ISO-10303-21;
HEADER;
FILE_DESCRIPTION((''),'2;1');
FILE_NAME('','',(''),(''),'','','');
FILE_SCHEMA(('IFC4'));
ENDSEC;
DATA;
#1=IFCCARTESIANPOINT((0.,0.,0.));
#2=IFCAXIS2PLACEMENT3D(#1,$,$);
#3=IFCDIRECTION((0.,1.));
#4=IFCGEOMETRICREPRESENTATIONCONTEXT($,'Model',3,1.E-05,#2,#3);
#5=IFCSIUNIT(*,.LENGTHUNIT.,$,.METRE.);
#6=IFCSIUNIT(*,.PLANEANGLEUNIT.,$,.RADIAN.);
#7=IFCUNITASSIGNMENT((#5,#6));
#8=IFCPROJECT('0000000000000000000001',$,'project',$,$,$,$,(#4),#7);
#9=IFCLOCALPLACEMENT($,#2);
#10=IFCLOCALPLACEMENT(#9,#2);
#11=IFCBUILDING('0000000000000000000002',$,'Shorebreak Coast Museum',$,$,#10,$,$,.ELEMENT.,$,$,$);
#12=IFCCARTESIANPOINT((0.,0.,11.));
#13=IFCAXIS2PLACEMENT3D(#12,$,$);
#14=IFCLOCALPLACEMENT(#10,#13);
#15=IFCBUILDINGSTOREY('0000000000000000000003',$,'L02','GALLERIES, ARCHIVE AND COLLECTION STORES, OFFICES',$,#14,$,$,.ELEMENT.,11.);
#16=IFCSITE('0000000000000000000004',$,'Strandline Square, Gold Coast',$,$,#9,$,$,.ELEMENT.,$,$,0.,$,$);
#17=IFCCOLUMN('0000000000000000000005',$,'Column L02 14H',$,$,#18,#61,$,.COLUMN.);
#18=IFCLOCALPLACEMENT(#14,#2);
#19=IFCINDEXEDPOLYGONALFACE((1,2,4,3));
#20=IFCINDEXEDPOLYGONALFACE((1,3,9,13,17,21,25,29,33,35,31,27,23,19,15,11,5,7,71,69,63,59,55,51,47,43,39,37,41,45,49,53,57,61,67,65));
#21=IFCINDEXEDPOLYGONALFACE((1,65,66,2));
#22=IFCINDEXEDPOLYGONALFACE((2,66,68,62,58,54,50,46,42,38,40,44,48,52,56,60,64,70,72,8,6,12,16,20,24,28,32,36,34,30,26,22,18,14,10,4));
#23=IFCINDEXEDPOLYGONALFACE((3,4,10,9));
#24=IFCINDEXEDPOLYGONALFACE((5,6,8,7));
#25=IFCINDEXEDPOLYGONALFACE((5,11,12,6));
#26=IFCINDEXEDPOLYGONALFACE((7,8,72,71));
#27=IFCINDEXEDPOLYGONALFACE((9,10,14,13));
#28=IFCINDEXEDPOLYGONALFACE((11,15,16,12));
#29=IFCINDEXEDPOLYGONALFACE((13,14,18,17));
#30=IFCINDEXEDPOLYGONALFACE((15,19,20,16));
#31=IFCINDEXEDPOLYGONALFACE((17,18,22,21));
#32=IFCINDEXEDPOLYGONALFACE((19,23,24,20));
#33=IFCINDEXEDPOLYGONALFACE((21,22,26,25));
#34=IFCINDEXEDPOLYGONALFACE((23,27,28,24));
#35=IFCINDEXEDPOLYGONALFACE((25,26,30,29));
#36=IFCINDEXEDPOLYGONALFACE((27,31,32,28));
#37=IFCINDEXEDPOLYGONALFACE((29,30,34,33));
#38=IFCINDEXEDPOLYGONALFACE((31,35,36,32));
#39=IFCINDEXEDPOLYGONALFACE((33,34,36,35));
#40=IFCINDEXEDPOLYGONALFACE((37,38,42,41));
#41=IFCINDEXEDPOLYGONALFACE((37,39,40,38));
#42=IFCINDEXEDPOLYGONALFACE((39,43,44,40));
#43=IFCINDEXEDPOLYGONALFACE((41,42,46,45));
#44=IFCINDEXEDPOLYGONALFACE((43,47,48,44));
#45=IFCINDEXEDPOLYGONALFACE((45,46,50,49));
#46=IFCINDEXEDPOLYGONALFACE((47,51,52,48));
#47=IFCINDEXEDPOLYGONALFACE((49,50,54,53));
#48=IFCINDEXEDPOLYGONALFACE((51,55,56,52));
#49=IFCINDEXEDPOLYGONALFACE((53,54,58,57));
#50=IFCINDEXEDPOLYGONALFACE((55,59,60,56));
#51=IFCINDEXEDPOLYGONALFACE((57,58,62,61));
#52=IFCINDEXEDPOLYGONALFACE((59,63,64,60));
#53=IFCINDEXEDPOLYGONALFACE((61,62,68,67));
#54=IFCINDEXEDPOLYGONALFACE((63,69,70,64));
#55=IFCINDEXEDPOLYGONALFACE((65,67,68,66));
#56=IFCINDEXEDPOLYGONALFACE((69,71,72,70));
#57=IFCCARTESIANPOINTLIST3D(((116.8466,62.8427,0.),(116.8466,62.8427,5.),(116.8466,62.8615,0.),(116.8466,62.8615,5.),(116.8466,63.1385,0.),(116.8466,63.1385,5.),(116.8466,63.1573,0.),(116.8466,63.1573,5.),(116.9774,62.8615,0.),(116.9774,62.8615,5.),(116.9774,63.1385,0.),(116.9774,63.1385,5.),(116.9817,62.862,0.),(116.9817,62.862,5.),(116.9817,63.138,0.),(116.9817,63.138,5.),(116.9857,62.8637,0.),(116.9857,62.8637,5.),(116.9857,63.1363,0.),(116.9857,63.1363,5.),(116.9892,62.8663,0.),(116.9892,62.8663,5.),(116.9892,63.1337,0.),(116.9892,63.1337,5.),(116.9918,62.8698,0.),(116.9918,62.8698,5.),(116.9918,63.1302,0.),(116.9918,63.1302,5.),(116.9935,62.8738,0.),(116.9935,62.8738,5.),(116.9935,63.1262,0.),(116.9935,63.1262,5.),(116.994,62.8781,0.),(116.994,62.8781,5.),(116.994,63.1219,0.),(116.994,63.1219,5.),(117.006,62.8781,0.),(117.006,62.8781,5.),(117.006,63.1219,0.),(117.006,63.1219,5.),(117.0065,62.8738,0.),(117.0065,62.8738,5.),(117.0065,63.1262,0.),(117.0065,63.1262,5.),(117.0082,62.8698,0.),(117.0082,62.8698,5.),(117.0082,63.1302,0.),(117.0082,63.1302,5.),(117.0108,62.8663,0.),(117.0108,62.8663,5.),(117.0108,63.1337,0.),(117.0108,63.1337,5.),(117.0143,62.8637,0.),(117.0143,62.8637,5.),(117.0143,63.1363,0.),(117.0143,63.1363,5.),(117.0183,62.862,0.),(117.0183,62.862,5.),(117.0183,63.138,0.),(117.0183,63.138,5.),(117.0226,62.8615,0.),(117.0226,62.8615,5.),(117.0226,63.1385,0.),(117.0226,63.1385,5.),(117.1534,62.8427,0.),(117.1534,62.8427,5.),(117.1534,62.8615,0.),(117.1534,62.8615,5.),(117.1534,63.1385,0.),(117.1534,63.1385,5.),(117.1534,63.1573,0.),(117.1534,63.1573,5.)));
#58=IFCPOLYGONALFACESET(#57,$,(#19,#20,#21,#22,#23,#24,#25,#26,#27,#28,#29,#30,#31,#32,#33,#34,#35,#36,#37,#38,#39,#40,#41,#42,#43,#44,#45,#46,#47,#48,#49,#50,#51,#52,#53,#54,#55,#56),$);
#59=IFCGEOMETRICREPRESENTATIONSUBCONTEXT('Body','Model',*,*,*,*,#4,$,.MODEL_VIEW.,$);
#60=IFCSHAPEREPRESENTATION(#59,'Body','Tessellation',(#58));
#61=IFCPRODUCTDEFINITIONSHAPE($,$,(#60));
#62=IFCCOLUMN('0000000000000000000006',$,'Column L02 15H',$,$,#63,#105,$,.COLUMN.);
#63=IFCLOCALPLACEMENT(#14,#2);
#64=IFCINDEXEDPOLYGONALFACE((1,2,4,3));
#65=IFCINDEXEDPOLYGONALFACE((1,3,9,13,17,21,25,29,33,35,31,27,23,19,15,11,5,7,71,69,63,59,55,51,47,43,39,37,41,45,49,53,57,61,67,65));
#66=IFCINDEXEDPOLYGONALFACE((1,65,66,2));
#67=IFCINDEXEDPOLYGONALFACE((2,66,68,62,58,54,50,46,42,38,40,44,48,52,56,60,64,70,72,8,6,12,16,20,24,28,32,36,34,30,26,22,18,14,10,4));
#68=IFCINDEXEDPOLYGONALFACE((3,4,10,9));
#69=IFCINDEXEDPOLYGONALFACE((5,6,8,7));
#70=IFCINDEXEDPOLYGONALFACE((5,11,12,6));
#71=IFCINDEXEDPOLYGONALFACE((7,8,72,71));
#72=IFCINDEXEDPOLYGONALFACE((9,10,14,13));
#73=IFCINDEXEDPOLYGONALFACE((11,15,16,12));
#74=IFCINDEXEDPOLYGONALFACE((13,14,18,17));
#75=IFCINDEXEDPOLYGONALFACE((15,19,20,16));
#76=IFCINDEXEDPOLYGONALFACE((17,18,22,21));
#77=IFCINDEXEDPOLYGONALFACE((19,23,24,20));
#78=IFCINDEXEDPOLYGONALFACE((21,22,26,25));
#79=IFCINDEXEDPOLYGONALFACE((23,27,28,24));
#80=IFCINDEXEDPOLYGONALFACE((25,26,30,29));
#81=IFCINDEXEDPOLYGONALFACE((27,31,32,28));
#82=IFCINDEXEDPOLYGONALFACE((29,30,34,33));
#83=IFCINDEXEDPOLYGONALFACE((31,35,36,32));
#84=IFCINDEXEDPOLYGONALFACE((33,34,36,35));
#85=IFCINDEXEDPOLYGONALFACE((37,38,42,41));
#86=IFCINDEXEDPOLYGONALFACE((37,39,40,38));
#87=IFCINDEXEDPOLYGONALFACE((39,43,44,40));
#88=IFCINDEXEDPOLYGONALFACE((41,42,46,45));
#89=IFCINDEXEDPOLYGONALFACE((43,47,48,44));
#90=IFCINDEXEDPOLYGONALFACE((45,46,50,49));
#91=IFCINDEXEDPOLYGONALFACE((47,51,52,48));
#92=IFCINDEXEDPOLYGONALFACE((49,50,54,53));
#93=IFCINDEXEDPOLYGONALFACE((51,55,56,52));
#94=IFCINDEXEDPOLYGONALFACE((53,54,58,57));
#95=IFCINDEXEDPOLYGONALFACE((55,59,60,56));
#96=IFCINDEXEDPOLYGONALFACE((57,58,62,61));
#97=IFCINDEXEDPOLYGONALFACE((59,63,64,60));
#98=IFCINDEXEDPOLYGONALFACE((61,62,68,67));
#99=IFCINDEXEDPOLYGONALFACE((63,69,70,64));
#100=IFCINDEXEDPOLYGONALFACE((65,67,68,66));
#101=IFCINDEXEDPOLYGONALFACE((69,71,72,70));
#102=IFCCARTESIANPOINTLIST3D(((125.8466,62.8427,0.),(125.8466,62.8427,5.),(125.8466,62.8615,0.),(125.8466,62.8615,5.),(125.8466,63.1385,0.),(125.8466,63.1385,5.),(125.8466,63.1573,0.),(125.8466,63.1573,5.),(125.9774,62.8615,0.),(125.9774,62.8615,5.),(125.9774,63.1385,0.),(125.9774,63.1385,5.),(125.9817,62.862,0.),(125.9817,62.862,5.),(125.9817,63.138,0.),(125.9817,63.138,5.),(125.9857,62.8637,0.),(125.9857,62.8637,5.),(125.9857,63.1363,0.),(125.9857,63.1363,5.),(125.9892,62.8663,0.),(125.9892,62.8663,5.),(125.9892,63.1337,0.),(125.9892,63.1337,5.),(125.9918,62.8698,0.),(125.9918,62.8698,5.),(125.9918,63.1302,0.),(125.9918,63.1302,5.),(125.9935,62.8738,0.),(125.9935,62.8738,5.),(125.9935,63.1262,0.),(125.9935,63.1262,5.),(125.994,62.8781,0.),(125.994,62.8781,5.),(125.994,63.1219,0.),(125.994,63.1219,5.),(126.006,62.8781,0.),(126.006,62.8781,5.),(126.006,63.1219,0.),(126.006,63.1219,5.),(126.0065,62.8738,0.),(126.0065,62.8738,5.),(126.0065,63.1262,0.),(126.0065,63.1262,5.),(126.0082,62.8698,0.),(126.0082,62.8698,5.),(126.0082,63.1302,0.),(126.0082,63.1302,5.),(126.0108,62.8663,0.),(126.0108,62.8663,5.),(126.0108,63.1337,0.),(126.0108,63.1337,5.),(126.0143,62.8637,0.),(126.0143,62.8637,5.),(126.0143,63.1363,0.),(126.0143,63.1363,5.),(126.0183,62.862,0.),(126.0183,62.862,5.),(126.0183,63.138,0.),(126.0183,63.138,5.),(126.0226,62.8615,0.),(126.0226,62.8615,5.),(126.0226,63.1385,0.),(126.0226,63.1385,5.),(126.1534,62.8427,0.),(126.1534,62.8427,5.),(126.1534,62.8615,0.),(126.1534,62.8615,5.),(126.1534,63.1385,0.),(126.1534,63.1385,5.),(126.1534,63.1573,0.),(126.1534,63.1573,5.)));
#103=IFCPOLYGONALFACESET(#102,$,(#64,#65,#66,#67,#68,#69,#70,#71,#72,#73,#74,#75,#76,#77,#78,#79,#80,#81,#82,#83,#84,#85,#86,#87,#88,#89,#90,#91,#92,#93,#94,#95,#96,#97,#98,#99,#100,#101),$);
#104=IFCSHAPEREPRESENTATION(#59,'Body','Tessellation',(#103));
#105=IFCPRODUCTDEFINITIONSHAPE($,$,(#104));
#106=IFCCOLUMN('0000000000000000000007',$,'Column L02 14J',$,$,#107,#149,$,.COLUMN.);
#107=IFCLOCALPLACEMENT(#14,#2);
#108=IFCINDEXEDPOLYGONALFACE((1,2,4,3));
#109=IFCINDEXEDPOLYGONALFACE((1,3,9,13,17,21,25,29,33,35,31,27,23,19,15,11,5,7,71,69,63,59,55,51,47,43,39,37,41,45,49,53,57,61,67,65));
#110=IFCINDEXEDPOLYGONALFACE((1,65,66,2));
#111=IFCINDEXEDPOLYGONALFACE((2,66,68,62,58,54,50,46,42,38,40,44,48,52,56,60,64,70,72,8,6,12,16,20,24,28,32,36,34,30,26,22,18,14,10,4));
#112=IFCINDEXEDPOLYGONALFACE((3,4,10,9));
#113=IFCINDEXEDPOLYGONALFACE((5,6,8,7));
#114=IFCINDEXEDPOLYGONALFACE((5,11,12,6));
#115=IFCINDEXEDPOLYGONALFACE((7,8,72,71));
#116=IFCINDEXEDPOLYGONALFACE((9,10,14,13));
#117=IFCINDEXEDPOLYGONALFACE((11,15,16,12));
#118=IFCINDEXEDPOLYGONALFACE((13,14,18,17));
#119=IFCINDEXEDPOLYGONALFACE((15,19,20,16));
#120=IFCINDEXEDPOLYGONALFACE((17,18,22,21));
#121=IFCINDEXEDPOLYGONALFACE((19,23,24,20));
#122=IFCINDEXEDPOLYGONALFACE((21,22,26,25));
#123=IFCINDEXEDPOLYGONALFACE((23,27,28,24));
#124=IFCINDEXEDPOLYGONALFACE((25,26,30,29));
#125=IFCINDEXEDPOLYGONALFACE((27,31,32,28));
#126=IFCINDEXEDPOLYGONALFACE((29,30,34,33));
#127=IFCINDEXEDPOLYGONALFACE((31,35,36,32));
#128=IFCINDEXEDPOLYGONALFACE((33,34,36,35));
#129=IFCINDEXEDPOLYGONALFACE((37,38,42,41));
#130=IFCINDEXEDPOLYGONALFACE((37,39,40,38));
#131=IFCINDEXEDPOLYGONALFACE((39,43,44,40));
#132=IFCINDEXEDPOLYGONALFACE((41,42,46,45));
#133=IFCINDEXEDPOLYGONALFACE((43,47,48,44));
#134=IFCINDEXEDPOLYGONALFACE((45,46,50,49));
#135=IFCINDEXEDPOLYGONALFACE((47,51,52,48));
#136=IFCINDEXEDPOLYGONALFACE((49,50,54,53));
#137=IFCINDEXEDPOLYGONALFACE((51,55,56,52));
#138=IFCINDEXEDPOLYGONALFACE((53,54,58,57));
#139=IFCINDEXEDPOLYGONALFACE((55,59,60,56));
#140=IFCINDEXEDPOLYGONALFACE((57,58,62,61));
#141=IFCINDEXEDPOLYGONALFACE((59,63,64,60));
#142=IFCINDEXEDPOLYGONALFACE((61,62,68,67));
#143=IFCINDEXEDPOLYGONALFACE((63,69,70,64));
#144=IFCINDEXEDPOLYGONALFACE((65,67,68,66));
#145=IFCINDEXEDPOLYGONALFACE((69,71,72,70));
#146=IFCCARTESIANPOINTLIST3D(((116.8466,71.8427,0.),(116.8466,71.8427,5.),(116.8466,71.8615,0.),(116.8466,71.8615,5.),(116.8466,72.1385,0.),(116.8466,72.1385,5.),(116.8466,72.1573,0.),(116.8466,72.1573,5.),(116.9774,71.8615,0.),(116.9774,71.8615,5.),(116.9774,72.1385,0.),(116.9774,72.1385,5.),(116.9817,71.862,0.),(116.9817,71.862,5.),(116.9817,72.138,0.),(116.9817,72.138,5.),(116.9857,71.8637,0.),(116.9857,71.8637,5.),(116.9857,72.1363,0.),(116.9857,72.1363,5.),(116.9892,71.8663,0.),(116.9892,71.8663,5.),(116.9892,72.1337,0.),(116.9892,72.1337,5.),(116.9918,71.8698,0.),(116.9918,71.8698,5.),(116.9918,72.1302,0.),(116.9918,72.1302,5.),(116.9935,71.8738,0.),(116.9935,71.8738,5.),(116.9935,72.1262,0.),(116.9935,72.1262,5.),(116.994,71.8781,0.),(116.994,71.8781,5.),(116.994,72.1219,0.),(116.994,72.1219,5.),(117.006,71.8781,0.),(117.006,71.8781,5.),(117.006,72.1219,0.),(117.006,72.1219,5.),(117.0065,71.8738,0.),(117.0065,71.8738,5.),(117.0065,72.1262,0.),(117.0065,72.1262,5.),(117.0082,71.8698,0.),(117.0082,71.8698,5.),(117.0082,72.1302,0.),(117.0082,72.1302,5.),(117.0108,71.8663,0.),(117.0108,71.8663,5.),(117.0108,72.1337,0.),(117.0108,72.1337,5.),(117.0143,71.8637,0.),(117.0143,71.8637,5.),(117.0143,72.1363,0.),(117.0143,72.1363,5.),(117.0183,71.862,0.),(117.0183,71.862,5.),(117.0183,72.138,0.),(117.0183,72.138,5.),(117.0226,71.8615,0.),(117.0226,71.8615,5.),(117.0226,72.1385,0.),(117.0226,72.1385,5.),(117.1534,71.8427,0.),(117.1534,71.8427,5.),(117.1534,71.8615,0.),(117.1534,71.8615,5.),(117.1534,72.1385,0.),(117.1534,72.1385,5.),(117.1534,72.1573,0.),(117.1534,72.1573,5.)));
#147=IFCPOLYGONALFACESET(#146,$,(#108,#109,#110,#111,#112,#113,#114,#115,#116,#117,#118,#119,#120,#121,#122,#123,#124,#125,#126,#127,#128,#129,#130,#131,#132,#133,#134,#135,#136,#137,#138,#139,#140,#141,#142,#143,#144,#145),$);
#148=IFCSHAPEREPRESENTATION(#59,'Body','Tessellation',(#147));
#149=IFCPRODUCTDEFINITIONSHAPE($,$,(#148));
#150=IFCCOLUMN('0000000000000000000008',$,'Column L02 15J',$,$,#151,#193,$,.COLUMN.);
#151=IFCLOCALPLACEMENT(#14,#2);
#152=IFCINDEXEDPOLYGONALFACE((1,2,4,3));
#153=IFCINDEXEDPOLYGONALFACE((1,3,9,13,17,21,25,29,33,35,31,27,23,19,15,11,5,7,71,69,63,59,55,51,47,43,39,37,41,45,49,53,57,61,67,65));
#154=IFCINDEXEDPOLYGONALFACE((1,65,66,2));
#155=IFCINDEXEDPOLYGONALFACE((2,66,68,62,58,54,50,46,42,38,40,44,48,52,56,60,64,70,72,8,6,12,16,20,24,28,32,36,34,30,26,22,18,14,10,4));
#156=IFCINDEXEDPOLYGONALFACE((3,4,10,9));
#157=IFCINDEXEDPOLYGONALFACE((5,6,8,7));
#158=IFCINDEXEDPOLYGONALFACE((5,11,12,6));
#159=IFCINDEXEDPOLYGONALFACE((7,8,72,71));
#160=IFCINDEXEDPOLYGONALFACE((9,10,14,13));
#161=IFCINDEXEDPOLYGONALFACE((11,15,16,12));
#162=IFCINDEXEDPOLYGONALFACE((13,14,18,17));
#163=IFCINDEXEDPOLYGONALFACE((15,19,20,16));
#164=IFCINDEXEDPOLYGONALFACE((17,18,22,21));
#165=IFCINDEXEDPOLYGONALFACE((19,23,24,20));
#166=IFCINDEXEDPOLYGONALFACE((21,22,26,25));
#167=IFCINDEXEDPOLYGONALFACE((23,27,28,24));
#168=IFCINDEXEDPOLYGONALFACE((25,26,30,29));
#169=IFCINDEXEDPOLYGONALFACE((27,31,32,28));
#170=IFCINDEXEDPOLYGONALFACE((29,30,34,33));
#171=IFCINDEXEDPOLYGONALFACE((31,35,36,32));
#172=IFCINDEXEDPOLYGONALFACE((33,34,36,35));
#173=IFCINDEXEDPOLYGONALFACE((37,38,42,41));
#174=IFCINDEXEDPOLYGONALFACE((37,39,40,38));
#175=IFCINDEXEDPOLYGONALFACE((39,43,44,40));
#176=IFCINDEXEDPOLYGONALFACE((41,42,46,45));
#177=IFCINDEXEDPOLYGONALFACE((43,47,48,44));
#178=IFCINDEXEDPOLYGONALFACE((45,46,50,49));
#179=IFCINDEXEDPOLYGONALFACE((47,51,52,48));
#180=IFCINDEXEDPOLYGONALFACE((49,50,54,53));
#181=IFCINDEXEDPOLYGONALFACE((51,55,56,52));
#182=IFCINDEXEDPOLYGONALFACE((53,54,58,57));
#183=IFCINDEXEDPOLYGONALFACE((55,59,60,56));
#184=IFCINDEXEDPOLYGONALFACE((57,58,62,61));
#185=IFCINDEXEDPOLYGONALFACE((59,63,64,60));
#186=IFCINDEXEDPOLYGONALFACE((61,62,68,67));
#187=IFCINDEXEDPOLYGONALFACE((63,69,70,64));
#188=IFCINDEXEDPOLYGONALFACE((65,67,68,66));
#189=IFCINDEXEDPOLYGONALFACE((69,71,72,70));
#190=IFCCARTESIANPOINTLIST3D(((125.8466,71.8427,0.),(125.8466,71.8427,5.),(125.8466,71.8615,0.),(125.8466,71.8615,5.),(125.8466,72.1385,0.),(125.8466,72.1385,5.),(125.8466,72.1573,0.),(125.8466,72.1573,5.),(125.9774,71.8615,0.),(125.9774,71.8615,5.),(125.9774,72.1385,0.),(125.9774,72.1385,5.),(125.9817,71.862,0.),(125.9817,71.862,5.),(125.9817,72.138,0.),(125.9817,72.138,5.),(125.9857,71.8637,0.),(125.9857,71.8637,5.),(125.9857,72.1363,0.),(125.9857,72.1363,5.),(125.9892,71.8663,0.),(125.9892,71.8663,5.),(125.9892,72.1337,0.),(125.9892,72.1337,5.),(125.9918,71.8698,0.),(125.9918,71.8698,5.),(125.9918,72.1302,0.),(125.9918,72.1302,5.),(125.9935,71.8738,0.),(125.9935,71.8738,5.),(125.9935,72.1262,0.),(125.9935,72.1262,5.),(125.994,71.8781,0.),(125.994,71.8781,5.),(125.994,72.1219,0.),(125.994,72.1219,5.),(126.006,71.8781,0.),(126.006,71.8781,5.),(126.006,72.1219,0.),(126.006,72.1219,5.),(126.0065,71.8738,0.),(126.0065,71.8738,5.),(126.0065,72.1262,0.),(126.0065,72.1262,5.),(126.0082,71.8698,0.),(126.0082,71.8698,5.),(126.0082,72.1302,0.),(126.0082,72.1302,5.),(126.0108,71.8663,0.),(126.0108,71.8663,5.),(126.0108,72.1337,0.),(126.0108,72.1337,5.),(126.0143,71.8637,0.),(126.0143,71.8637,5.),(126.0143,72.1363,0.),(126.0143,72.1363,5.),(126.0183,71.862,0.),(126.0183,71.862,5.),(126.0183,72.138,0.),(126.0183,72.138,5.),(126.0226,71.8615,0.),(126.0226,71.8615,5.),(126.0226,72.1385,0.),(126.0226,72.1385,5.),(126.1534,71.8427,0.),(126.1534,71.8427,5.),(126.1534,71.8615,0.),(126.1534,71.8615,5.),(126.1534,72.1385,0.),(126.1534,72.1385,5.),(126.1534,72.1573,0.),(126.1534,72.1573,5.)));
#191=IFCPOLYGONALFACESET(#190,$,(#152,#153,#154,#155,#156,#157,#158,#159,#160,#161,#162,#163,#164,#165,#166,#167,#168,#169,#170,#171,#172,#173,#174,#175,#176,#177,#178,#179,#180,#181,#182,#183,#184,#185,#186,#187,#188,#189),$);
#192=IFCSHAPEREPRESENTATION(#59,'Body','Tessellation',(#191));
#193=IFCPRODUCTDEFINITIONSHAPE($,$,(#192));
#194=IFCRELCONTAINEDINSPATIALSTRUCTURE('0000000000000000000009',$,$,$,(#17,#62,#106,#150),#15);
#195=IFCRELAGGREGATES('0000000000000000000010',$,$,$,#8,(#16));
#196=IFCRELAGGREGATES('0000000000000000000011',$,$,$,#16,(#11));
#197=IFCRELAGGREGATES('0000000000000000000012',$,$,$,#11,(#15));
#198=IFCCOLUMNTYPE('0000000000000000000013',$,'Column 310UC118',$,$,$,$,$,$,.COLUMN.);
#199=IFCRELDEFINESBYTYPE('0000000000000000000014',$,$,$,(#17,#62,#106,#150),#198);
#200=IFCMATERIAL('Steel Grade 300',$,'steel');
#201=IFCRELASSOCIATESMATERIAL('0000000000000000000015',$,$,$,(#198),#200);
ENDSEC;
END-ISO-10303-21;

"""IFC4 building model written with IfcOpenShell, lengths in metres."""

from ifc_helpers import new_model, si_unit, direction, frame, origin, origin_2d, place, context, subcontext, project, spatial, i_section, extrude, material, material_profile, profile_set, type_object, element, save


model = new_model("IFC4")

# Units and contexts
model_context = context("Model", 3, precision=1e-05, world=origin(), true_north=direction((0.0, 1.0)))
body_context = subcontext(model_context, "Body", "Model", "MODEL_VIEW")
ifc_project = project(units=[si_unit("LENGTHUNIT", "METRE"), si_unit("PLANEANGLEUNIT", "RADIAN")], contexts=[model_context])

# Site, building, storey
site_placement = place(None, origin())
site = spatial("IfcSite", under=ifc_project, at=site_placement, Name="Strandline Square, Gold Coast", CompositionType="ELEMENT", RefElevation=0.0)
building_placement = place(site_placement, origin())
building = spatial("IfcBuilding", under=site, at=building_placement, Name="Shorebreak Coast Museum", CompositionType="ELEMENT")
storey_placement = place(building_placement, frame((0.0, 0.0, 11.0)))
storey = spatial("IfcBuildingStorey", under=building, at=storey_placement, Name="L02", Description="GALLERIES, ARCHIVE AND COLLECTION STORES, OFFICES", CompositionType="ELEMENT", Elevation=11.0)

# Columns
ifc_material_1 = material(Name="Steel Grade 300", Category="steel")
ifc_material_profile_1 = material_profile(ifc_material_1, i_section(OverallWidth=0.3069, OverallDepth=0.3147, WebThickness=0.012, FlangeThickness=0.0188, FilletRadius=0.0166, at=origin_2d()), Name="310UC118")
ifc_profile_set_1 = profile_set([ifc_material_profile_1], Name="Steel Grade 300")
column_type = type_object("IfcColumnType", Name="Column 310UC118", PredefinedType="COLUMN", material=ifc_profile_set_1)
for number, where, z_axis, x_axis, name in (
    (1, (117.0, 63.0, 0.0), (0.0, 0.0, 1.0), (1.0, 0.0, 0.0), "Column L02 14H"),
    (2, (126.0, 63.0, 0.0), (0.0, 0.0, 1.0), (1.0, 0.0, 0.0), "Column L02 15H"),
    (3, (117.0, 72.0, 0.0), (0.0, 0.0, 1.0), (1.0, 0.0, 0.0), "Column L02 14J"),
    (4, (126.0, 72.0, 0.0), (0.0, 0.0, 1.0), (1.0, 0.0, 0.0), "Column L02 15J"),
):
    element("IfcColumn", number, at=place(storey_placement, frame(where, z_axis=z_axis, x_axis=x_axis)), inside=storey, type_object=column_type, Name=name, PredefinedType="COLUMN", context=body_context, shape_type="SweptSolid", body=[
        extrude(i_section(OverallWidth=0.3069, OverallDepth=0.3147, WebThickness=0.012, FlangeThickness=0.0188, FilletRadius=0.0166, at=origin_2d()), origin(), (0.0, 0.0, 1.0), 5.0),
    ])

save(model, "model.ifc")
